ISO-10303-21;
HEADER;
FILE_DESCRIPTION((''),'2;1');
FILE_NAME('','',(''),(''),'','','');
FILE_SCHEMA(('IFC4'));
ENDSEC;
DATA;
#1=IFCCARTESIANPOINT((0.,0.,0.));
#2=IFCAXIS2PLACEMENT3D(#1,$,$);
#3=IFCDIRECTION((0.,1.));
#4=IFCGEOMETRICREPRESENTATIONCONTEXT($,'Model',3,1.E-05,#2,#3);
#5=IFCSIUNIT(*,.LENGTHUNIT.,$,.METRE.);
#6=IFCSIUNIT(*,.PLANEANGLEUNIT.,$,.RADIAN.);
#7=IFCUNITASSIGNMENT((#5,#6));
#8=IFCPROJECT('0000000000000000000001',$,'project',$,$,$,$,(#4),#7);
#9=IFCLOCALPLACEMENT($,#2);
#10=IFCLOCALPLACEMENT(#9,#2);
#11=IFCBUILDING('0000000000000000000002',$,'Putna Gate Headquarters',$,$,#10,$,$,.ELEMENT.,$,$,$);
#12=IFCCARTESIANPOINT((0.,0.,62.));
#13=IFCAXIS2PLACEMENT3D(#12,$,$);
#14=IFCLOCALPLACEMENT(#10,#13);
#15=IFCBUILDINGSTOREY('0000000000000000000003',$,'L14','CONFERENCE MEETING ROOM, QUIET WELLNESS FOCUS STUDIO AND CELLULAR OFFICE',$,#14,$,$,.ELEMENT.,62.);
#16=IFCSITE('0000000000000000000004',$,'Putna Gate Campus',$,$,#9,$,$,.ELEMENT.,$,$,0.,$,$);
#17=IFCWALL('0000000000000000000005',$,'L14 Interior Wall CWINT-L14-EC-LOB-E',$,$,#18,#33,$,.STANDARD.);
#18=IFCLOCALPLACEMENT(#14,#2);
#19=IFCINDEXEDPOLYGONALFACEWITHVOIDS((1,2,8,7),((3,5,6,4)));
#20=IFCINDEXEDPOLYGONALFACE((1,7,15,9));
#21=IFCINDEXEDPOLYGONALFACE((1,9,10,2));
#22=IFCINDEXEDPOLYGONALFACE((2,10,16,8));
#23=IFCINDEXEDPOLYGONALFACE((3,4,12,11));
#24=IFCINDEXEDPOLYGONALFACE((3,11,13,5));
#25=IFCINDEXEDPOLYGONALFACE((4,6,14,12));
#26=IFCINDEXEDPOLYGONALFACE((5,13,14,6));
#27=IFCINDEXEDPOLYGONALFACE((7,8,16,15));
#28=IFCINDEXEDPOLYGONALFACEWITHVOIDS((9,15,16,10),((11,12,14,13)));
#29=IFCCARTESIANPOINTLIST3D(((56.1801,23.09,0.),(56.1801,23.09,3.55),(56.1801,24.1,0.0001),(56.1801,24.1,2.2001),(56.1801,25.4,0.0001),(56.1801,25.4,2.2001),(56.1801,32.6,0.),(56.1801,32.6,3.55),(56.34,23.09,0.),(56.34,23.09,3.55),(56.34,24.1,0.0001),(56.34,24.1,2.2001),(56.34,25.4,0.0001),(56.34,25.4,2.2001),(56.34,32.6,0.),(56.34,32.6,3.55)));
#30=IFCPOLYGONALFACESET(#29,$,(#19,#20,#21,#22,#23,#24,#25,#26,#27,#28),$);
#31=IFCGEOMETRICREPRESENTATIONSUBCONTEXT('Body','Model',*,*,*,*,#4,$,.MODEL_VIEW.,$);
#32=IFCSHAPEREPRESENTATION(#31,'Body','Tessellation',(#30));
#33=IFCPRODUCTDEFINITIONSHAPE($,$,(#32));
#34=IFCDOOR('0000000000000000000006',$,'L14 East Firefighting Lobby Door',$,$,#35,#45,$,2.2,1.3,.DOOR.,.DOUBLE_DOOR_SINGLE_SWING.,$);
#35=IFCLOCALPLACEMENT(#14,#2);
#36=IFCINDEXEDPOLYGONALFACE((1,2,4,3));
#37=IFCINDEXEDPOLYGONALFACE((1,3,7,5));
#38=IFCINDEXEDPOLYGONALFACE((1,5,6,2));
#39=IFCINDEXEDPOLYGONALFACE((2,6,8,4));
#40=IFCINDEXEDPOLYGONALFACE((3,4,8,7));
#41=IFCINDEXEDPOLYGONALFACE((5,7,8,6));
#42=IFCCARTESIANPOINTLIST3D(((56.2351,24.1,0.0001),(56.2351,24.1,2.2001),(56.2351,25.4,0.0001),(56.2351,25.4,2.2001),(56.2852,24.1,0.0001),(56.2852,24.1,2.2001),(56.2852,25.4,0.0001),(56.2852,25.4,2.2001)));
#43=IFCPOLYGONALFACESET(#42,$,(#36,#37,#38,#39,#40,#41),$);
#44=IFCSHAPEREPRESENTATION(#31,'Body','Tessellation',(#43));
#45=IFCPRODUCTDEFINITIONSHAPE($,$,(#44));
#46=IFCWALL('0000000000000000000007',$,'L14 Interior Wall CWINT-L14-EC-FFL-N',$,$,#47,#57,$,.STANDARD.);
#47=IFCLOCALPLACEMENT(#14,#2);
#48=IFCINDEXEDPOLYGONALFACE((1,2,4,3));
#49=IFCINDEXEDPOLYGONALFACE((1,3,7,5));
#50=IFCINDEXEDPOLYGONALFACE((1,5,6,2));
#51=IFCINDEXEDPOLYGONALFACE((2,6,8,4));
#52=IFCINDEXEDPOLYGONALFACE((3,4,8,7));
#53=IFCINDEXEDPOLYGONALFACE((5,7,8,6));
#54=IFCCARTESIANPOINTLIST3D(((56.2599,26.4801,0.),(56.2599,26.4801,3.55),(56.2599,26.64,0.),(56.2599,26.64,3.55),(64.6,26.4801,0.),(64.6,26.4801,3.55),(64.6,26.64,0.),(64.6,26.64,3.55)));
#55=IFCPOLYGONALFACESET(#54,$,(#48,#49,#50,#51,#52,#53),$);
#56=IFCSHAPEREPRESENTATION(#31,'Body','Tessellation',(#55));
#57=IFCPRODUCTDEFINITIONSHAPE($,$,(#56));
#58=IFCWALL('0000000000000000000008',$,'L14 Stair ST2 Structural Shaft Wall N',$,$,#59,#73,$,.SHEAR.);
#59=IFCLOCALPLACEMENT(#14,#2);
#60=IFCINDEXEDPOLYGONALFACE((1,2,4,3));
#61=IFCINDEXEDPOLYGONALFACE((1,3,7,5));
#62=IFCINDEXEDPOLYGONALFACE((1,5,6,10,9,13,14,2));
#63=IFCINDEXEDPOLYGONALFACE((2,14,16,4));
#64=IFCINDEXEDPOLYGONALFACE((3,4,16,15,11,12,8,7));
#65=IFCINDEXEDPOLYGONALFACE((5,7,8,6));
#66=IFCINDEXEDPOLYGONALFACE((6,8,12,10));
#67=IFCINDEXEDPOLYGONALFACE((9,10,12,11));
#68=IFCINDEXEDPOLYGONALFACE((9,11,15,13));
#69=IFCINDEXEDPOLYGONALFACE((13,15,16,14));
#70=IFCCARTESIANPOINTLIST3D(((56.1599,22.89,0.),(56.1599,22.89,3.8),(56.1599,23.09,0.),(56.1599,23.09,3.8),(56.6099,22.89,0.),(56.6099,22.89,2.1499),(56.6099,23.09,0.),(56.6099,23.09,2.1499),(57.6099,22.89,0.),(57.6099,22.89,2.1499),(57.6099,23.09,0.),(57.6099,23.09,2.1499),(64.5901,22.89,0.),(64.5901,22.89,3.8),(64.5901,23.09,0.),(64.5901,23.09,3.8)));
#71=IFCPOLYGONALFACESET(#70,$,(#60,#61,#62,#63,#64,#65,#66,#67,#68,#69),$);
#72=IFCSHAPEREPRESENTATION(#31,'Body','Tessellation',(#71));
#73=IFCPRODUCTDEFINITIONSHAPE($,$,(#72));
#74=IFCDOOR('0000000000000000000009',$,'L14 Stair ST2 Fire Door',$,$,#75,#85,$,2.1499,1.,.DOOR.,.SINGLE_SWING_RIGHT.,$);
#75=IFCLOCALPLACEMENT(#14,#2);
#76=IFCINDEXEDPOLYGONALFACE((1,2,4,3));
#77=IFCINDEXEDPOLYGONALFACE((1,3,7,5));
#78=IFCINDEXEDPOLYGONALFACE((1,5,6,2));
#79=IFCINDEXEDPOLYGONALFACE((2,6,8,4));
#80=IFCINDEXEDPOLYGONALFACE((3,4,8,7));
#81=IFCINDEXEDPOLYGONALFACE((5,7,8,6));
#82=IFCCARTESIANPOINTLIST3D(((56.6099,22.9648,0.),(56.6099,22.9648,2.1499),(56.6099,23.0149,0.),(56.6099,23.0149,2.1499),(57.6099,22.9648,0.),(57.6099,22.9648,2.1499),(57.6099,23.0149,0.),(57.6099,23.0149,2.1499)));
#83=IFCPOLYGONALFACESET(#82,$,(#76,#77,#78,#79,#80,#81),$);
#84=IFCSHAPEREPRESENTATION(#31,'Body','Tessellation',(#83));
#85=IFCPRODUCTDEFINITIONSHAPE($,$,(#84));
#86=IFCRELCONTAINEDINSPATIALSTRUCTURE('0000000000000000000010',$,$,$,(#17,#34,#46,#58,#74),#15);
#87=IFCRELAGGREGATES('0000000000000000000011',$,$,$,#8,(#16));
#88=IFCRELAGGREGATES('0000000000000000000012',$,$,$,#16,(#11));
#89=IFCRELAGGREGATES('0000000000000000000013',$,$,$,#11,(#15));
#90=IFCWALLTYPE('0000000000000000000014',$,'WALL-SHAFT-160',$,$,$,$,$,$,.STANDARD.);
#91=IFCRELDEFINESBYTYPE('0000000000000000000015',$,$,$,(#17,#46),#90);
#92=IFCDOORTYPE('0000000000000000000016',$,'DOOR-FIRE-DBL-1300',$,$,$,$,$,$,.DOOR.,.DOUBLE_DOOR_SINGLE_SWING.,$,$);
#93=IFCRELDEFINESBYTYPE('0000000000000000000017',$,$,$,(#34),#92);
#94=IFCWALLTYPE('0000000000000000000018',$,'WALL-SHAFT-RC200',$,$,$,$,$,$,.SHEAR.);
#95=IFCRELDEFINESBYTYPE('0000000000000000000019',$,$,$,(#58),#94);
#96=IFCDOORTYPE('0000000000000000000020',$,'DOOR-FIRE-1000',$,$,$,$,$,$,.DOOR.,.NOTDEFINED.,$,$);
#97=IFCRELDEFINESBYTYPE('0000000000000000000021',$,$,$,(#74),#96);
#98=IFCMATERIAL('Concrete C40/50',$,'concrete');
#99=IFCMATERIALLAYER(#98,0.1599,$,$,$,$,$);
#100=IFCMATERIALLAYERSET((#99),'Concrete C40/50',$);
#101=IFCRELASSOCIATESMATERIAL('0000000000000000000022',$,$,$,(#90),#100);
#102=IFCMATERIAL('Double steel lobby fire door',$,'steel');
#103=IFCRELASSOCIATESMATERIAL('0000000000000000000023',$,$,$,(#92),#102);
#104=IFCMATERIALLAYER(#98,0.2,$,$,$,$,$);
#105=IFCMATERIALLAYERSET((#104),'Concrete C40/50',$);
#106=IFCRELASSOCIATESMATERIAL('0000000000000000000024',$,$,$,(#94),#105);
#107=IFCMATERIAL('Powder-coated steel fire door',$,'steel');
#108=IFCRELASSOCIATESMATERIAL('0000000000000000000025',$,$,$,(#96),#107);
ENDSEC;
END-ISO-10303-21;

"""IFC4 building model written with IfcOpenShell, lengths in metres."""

from ifc_helpers import new_model, si_unit, direction, frame, frame_2d, origin, place, context, subcontext, project, spatial, rectangle, extrude, material, layer, layer_set, type_object, element, fill, save


model = new_model("IFC4")

# Units and contexts
model_context = context("Model", 3, precision=1e-05, world=origin(), true_north=direction((0.0, 1.0)))
body_context = subcontext(model_context, "Body", "Model", "MODEL_VIEW")
ifc_project = project(units=[si_unit("LENGTHUNIT", "METRE"), si_unit("PLANEANGLEUNIT", "RADIAN")], contexts=[model_context])

# Site, building, storey
site_placement = place(None, origin())
site = spatial("IfcSite", under=ifc_project, at=site_placement, Name="Putna Gate Campus", CompositionType="ELEMENT", RefElevation=0.0)
building_placement = place(site_placement, origin())
building = spatial("IfcBuilding", under=site, at=building_placement, Name="Putna Gate Headquarters", CompositionType="ELEMENT")
storey_placement = place(building_placement, frame((0.0, 0.0, 62.0)))
storey = spatial("IfcBuildingStorey", under=building, at=storey_placement, Name="L14", Description="CONFERENCE MEETING ROOM, QUIET WELLNESS FOCUS STUDIO AND CELLULAR OFFICE", CompositionType="ELEMENT", Elevation=62.0)

# Wall, opening, door
ifc_material_1 = material(Name="Concrete C40/50", Category="concrete")
ifc_layer_1 = layer(ifc_material_1, 0.1599)
ifc_layer_set_1 = layer_set([ifc_layer_1], Name="Concrete C40/50")
wall_type_1 = type_object("IfcWallType", Name="WALL-SHAFT-160", PredefinedType="STANDARD", material=ifc_layer_set_1)
wall_1_placement = place(storey_placement, frame((56.26, 23.0901, 0.0), z_axis=(0.0, 0.0, 1.0), x_axis=(0.0, 1.0, 0.0)))
wall_1 = element("IfcWall", 1, at=wall_1_placement, inside=storey, type_object=wall_type_1, Name="L14 Interior Wall CWINT-L14-EC-LOB-E", PredefinedType="STANDARD", context=body_context, shape_type="SweptSolid", body=[
    extrude(rectangle(XDim=9.51, YDim=0.1599, at=frame_2d((4.7549, 0.0))), origin(), (0.0, 0.0, 1.0), 3.55),
])
opening_1_placement = place(wall_1_placement, frame((1.01, 0.0, 0.0)))
opening_1 = element("IfcOpeningElement", 2, at=opening_1_placement, cuts=wall_1, PredefinedType="OPENING", context=body_context, shape_type="SweptSolid", body=[
    extrude(rectangle(XDim=1.3, YDim=2.2, at=frame_2d((0.6499, 1.1001))), frame((0.0, 0.0898, 0.0), z_axis=(0.0, -1.0, 0.0), x_axis=(1.0, 0.0, 0.0)), (0.0, 0.0, 1.0), 0.1799),
])
ifc_material_2 = material(Name="Double steel lobby fire door", Category="steel")
door_type_1 = type_object("IfcDoorType", Name="DOOR-FIRE-DBL-1300", OperationType="DOUBLE_DOOR_SINGLE_SWING", PredefinedType="DOOR", material=ifc_material_2)
door_1_placement = place(opening_1_placement, origin())
door_1 = element("IfcDoor", 3, at=door_1_placement, inside=storey, type_object=door_type_1, Name="L14 East Firefighting Lobby Door", OperationType="DOUBLE_DOOR_SINGLE_SWING", OverallHeight=2.2, OverallWidth=1.3, PredefinedType="DOOR", context=body_context, shape_type="SweptSolid", body=[
    extrude(rectangle(XDim=1.3, YDim=2.2, at=frame_2d((0.6499, 1.1001))), frame((0.0, 0.0249, 0.0), z_axis=(0.0, -1.0, 0.0), x_axis=(1.0, 0.0, 0.0)), (0.0, 0.0, 1.0), 0.05),
])
fill(opening_1, door_1)

# Wall
wall_2_placement = place(storey_placement, frame((56.26, 26.5601, 0.0), z_axis=(0.0, 0.0, 1.0), x_axis=(1.0, 0.0, 0.0)))
element("IfcWall", 4, at=wall_2_placement, inside=storey, type_object=wall_type_1, Name="L14 Interior Wall CWINT-L14-EC-FFL-N", PredefinedType="STANDARD", context=body_context, shape_type="SweptSolid", body=[
    extrude(rectangle(XDim=8.3401, YDim=0.1599, at=frame_2d((4.1699, 0.0))), origin(), (0.0, 0.0, 1.0), 3.55),
])

# Wall, opening, door
ifc_layer_2 = layer(ifc_material_1, 0.2)
ifc_layer_set_2 = layer_set([ifc_layer_2], Name="Concrete C40/50")
wall_type_2 = type_object("IfcWallType", Name="WALL-SHAFT-RC200", PredefinedType="SHEAR", material=ifc_layer_set_2)
wall_3_placement = place(storey_placement, frame((56.1599, 22.99, 0.0), z_axis=(0.0, 0.0, 1.0), x_axis=(1.0, 0.0, 0.0)))
wall_3 = element("IfcWall", 5, at=wall_3_placement, inside=storey, type_object=wall_type_2, Name="L14 Stair ST2 Structural Shaft Wall N", PredefinedType="SHEAR", context=body_context, shape_type="SweptSolid", body=[
    extrude(rectangle(XDim=8.4302, YDim=0.2, at=frame_2d((4.2151, 0.0))), origin(), (0.0, 0.0, 1.0), 3.8),
])
opening_2_placement = place(wall_3_placement, frame((0.45, 0.0, 0.0)))
opening_2 = element("IfcOpeningElement", 6, at=opening_2_placement, cuts=wall_3, PredefinedType="OPENING", context=body_context, shape_type="SweptSolid", body=[
    extrude(rectangle(XDim=1.0, YDim=2.1499, at=frame_2d((0.5, 1.075))), frame((0.0, 0.1099, 0.0), z_axis=(0.0, -1.0, 0.0), x_axis=(1.0, 0.0, 0.0)), (0.0, 0.0, 1.0), 0.22),
])
ifc_material_3 = material(Name="Powder-coated steel fire door", Category="steel")
door_type_2 = type_object("IfcDoorType", Name="DOOR-FIRE-1000", OperationType="NOTDEFINED", PredefinedType="DOOR", material=ifc_material_3)
door_2_placement = place(opening_2_placement, origin())
door_2 = element("IfcDoor", 7, at=door_2_placement, inside=storey, type_object=door_type_2, Name="L14 Stair ST2 Fire Door", OperationType="SINGLE_SWING_RIGHT", OverallHeight=2.1499, OverallWidth=1.0, PredefinedType="DOOR", context=body_context, shape_type="SweptSolid", body=[
    extrude(rectangle(XDim=1.0, YDim=2.1499, at=frame_2d((0.5, 1.075))), frame((0.0, 0.0249, 0.0), z_axis=(0.0, -1.0, 0.0), x_axis=(1.0, 0.0, 0.0)), (0.0, 0.0, 1.0), 0.05),
])
fill(opening_2, door_2)

save(model, "model.ifc")
